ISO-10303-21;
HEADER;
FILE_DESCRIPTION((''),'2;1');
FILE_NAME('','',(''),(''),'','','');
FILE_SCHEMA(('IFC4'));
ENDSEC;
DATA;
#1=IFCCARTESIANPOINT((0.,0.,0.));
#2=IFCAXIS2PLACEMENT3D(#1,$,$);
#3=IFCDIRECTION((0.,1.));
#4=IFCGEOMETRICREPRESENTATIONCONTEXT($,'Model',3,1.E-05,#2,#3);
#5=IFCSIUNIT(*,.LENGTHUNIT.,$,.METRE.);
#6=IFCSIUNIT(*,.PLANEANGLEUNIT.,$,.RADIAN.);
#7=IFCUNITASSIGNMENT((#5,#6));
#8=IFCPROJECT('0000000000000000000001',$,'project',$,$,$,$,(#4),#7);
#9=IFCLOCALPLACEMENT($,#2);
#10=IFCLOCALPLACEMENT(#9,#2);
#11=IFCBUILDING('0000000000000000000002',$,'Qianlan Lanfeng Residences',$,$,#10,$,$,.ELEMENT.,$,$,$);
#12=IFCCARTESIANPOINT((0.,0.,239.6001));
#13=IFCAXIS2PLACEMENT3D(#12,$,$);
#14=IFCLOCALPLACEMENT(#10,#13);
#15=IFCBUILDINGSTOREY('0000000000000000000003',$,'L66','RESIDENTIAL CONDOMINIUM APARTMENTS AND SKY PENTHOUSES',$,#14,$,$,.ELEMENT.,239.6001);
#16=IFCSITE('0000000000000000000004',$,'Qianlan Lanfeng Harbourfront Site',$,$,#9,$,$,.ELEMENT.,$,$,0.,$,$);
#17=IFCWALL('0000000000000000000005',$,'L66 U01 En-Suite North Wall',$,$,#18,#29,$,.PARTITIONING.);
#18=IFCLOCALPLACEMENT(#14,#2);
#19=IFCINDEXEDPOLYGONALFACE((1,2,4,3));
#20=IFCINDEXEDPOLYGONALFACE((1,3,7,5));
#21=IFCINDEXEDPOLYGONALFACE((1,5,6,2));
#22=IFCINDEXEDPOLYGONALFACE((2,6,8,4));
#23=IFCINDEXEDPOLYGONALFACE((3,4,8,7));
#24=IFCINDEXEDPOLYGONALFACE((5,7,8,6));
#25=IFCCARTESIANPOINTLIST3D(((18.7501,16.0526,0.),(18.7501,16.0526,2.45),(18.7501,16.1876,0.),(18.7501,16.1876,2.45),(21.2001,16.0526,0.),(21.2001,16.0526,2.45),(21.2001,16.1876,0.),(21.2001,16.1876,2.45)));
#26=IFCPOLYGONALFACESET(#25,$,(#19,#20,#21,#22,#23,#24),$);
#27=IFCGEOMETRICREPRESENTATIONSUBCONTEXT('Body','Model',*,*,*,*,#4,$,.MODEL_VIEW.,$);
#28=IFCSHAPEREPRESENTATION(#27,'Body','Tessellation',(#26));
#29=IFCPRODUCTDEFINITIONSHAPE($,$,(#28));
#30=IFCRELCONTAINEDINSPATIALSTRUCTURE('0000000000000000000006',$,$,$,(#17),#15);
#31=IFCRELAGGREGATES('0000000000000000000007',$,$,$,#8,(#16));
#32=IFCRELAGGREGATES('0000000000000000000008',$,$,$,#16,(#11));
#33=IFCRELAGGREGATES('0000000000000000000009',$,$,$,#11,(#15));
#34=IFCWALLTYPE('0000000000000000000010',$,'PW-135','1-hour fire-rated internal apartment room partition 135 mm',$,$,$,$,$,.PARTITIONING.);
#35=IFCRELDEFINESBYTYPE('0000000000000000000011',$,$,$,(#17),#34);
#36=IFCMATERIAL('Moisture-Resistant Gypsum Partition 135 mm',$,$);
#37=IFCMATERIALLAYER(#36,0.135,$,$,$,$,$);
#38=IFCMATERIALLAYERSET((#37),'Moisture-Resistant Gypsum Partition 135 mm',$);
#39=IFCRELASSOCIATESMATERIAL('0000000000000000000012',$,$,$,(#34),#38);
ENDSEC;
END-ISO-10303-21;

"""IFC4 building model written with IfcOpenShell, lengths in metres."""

from ifc_helpers import new_model, si_unit, direction, frame, frame_2d, origin, place, context, subcontext, project, spatial, rectangle, extrude, material, layer, layer_set, type_object, element, save


model = new_model("IFC4")

# Units and contexts
model_context = context("Model", 3, precision=1e-05, world=origin(), true_north=direction((0.0, 1.0)))
body_context = subcontext(model_context, "Body", "Model", "MODEL_VIEW")
ifc_project = project(units=[si_unit("LENGTHUNIT", "METRE"), si_unit("PLANEANGLEUNIT", "RADIAN")], contexts=[model_context])

# Site, building, storey
site_placement = place(None, origin())
site = spatial("IfcSite", under=ifc_project, at=site_placement, Name="Qianlan Lanfeng Harbourfront Site", CompositionType="ELEMENT", RefElevation=0.0)
building_placement = place(site_placement, origin())
building = spatial("IfcBuilding", under=site, at=building_placement, Name="Qianlan Lanfeng Residences", CompositionType="ELEMENT")
storey_placement = place(building_placement, frame((0.0, 0.0, 239.6001)))
storey = spatial("IfcBuildingStorey", under=building, at=storey_placement, Name="L66", Description="RESIDENTIAL CONDOMINIUM APARTMENTS AND SKY PENTHOUSES", CompositionType="ELEMENT", Elevation=239.6001)

# Shared definitions
ifc_material_1 = material(Name="Moisture-Resistant Gypsum Partition 135 mm")
ifc_layer_1 = layer(ifc_material_1, 0.135)
ifc_layer_set_1 = layer_set([ifc_layer_1], Name="Moisture-Resistant Gypsum Partition 135 mm")
wall_type_1 = type_object("IfcWallType", Name="PW-135", Description="1-hour fire-rated internal apartment room partition 135 mm", PredefinedType="PARTITIONING", material=ifc_layer_set_1)

# Wall
wall_1_placement = place(storey_placement, frame((18.75, 16.1201, 0.0), z_axis=(0.0, 0.0, 1.0), x_axis=(1.0, 0.0, 0.0)))
element("IfcWall", 1, at=wall_1_placement, inside=storey, type_object=wall_type_1, Name="L66 U01 En-Suite North Wall", PredefinedType="PARTITIONING", context=body_context, shape_type="SweptSolid", body=[
    extrude(rectangle(XDim=2.45, YDim=0.135, at=frame_2d((1.2251, 0.0))), origin(), (0.0, 0.0, 1.0), 2.45),
])

save(model, "model.ifc")
